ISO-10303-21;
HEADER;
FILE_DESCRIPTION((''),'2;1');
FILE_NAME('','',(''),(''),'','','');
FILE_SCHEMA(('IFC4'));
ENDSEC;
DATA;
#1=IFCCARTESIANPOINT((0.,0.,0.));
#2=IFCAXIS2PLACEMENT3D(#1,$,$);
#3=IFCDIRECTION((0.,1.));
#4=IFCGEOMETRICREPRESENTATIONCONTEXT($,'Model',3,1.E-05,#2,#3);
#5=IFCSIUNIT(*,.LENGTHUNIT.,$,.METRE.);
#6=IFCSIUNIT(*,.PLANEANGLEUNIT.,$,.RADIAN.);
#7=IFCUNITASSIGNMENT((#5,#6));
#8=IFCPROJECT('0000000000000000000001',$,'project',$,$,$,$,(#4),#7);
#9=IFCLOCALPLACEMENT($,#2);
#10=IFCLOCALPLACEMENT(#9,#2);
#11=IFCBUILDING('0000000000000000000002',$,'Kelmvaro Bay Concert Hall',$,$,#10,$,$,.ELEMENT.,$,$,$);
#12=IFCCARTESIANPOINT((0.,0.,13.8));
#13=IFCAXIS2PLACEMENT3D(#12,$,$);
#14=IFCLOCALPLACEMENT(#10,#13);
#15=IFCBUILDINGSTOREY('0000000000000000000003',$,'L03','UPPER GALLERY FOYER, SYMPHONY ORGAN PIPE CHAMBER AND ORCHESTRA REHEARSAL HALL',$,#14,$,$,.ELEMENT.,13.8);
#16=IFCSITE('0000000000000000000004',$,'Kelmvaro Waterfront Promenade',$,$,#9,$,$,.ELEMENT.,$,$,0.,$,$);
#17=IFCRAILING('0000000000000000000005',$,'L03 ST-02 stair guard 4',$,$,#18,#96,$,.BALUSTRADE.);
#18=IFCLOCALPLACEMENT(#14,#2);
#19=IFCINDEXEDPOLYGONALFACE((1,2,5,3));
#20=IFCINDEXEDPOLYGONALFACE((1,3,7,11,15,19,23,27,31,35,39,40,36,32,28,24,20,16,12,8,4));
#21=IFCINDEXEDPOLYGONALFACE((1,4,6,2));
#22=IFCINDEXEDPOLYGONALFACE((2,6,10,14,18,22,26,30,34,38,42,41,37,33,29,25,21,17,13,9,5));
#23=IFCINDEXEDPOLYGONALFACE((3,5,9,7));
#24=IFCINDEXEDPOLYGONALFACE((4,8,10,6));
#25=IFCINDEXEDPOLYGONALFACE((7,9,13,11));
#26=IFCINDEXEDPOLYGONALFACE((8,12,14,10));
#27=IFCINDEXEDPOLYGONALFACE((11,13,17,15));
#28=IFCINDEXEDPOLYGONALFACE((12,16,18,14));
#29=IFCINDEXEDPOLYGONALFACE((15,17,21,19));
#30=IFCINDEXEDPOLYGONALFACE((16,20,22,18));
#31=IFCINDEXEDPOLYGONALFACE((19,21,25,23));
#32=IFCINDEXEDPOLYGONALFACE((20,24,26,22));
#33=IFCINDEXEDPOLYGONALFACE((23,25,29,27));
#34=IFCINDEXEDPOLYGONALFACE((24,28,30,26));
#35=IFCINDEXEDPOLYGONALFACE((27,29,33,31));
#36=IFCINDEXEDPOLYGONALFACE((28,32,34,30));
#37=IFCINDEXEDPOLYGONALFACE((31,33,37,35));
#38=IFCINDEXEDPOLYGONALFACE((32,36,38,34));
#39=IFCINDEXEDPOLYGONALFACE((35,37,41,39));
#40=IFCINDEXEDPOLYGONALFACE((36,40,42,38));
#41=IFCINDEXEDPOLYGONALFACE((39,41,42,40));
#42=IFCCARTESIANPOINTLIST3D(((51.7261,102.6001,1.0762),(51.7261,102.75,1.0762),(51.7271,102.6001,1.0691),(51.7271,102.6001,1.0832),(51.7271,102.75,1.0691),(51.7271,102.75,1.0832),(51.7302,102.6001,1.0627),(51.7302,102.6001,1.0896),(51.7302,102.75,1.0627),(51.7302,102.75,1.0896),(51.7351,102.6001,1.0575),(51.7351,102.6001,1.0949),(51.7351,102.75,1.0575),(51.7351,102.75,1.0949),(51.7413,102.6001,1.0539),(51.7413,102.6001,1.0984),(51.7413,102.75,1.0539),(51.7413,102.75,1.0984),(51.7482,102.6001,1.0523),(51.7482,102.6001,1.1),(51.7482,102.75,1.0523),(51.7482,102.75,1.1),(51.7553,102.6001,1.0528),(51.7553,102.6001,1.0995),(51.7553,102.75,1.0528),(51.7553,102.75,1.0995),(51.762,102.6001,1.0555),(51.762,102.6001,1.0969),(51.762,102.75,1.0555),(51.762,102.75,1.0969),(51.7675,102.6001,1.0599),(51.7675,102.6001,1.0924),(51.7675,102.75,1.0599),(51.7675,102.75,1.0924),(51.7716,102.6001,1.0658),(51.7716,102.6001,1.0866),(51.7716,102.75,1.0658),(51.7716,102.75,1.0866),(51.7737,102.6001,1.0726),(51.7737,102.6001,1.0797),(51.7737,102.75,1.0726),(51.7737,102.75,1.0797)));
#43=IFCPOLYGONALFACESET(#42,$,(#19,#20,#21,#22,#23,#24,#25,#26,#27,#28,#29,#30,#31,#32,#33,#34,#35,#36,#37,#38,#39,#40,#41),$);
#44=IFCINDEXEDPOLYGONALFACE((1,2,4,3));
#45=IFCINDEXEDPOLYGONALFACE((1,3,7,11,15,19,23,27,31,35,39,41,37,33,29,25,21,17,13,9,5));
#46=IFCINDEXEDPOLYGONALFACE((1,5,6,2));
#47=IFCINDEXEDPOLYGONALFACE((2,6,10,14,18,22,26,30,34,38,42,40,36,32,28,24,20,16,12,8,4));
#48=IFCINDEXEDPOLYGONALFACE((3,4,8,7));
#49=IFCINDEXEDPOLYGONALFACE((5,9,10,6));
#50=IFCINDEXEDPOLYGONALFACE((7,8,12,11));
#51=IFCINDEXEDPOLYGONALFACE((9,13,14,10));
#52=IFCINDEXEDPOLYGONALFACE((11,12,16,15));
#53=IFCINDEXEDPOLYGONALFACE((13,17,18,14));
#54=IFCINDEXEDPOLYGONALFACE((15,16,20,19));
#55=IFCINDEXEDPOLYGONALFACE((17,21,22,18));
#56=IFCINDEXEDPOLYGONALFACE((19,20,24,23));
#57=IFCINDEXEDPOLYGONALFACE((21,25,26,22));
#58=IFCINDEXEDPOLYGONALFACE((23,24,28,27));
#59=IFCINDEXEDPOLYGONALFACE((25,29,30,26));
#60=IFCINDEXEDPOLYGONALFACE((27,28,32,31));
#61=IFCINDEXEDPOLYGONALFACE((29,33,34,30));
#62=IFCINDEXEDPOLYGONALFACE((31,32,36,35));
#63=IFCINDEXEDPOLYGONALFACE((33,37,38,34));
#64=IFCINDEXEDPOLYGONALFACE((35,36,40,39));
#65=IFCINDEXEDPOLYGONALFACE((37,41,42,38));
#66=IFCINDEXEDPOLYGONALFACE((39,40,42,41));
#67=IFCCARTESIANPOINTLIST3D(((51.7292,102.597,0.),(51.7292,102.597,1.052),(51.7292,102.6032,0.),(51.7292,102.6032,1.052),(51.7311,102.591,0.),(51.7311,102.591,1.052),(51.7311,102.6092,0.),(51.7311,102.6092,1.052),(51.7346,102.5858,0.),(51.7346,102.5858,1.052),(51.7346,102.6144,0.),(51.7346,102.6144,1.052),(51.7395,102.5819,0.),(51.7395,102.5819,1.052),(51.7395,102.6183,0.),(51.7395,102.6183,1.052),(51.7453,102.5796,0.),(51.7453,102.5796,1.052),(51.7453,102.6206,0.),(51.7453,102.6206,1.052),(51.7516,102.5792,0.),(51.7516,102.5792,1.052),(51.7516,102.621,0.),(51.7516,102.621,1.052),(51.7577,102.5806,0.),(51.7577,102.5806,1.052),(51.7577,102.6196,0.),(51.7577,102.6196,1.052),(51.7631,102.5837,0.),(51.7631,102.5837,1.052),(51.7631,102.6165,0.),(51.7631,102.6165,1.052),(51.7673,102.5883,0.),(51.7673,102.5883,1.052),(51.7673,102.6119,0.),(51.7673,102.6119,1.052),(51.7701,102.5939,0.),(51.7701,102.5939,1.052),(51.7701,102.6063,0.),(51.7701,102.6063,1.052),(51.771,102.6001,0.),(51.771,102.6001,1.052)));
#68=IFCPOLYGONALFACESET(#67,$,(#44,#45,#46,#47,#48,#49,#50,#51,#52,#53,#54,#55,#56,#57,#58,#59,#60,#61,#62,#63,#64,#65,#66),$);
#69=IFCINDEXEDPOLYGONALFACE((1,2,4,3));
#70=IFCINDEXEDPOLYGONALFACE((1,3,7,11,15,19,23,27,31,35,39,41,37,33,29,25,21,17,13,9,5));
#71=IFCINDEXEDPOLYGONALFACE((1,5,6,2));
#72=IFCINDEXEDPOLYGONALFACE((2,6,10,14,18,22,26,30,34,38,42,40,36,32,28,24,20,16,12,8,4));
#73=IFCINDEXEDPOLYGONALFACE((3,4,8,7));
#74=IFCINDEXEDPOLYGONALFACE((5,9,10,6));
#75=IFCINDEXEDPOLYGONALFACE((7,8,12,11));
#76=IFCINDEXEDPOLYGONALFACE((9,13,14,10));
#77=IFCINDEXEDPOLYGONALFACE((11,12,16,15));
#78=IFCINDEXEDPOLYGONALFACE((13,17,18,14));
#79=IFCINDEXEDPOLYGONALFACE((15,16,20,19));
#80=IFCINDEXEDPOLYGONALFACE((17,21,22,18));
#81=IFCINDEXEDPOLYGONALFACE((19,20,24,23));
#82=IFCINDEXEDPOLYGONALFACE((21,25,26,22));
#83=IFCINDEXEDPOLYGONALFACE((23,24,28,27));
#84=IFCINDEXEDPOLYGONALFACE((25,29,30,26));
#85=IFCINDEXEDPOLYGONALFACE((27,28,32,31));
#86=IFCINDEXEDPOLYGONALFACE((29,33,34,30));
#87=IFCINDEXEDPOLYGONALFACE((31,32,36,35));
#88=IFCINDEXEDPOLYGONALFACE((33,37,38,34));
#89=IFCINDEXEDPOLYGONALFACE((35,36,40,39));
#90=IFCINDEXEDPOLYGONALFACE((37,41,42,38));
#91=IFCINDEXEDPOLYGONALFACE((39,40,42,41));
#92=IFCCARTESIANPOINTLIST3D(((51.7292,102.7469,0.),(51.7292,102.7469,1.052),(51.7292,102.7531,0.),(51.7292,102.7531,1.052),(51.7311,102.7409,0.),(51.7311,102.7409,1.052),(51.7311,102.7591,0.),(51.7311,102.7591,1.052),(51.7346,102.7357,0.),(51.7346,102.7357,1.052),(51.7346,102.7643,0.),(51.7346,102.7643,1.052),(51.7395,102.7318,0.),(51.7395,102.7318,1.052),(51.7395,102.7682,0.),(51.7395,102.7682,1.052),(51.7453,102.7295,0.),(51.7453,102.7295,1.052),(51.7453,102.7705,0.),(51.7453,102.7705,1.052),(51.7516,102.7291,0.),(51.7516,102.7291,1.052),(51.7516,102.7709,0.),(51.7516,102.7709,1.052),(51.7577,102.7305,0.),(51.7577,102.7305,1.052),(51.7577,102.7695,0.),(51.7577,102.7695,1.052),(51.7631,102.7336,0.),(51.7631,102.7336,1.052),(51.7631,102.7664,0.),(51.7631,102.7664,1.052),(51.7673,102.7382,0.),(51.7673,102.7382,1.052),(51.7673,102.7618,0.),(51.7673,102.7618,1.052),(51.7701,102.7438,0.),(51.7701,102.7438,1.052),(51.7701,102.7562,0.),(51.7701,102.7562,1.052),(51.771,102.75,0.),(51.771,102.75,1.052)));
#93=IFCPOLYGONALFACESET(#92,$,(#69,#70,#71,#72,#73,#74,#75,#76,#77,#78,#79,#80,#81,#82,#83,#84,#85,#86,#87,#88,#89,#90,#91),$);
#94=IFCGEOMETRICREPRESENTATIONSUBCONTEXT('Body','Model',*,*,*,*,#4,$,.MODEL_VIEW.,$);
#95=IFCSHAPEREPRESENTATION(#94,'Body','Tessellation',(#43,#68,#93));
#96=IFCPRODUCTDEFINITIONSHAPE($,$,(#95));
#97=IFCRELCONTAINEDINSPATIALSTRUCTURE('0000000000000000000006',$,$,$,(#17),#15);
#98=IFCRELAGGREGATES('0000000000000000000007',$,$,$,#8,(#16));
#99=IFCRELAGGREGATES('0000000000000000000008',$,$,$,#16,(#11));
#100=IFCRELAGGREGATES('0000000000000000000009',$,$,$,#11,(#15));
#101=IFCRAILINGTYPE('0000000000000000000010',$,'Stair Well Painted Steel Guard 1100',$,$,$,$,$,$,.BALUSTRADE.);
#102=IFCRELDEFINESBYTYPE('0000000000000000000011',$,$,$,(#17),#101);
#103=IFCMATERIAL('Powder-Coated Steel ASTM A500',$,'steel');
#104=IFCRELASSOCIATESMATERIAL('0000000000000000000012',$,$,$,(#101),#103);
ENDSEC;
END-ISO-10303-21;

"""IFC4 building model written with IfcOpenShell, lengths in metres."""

from ifc_helpers import new_model, si_unit, direction, frame, origin, origin_2d, place, context, subcontext, project, spatial, circle, extrude, material, type_object, element, save


model = new_model("IFC4")

# Units and contexts
model_context = context("Model", 3, precision=1e-05, world=origin(), true_north=direction((0.0, 1.0)))
body_context = subcontext(model_context, "Body", "Model", "MODEL_VIEW")
ifc_project = project(units=[si_unit("LENGTHUNIT", "METRE"), si_unit("PLANEANGLEUNIT", "RADIAN")], contexts=[model_context])

# Site, building, storey
site_placement = place(None, origin())
site = spatial("IfcSite", under=ifc_project, at=site_placement, Name="Kelmvaro Waterfront Promenade", CompositionType="ELEMENT", RefElevation=0.0)
building_placement = place(site_placement, origin())
building = spatial("IfcBuilding", under=site, at=building_placement, Name="Kelmvaro Bay Concert Hall", CompositionType="ELEMENT")
storey_placement = place(building_placement, frame((0.0, 0.0, 13.8)))
storey = spatial("IfcBuildingStorey", under=building, at=storey_placement, Name="L03", Description="UPPER GALLERY FOYER, SYMPHONY ORGAN PIPE CHAMBER AND ORCHESTRA REHEARSAL HALL", CompositionType="ELEMENT", Elevation=13.8)

# Railing
ifc_material_1 = material(Name="Powder-Coated Steel ASTM A500", Category="steel")
railing_type_1 = type_object("IfcRailingType", Name="Stair Well Painted Steel Guard 1100", PredefinedType="BALUSTRADE", material=ifc_material_1)
railing_1_placement = place(storey_placement, frame((51.75, 102.6001, 0.0)))
element("IfcRailing", 1, at=railing_1_placement, inside=storey, type_object=railing_type_1, Name="L03 ST-02 stair guard 4", PredefinedType="BALUSTRADE", context=body_context, shape_type="SweptSolid", body=[
    extrude(circle(Radius=0.0239, at=origin_2d()), frame((0.0, 0.0, 1.0762), z_axis=(0.0, 1.0, 0.0), x_axis=(-1.0, 0.0, 0.0)), (0.0, 0.0, 1.0), 0.1499),
    extrude(circle(Radius=0.021, at=origin_2d()), origin(), (0.0, 0.0, 1.0), 1.052),
    extrude(circle(Radius=0.021, at=origin_2d()), frame((0.0, 0.1499, 0.0)), (0.0, 0.0, 1.0), 1.052),
])

save(model, "model.ifc")
